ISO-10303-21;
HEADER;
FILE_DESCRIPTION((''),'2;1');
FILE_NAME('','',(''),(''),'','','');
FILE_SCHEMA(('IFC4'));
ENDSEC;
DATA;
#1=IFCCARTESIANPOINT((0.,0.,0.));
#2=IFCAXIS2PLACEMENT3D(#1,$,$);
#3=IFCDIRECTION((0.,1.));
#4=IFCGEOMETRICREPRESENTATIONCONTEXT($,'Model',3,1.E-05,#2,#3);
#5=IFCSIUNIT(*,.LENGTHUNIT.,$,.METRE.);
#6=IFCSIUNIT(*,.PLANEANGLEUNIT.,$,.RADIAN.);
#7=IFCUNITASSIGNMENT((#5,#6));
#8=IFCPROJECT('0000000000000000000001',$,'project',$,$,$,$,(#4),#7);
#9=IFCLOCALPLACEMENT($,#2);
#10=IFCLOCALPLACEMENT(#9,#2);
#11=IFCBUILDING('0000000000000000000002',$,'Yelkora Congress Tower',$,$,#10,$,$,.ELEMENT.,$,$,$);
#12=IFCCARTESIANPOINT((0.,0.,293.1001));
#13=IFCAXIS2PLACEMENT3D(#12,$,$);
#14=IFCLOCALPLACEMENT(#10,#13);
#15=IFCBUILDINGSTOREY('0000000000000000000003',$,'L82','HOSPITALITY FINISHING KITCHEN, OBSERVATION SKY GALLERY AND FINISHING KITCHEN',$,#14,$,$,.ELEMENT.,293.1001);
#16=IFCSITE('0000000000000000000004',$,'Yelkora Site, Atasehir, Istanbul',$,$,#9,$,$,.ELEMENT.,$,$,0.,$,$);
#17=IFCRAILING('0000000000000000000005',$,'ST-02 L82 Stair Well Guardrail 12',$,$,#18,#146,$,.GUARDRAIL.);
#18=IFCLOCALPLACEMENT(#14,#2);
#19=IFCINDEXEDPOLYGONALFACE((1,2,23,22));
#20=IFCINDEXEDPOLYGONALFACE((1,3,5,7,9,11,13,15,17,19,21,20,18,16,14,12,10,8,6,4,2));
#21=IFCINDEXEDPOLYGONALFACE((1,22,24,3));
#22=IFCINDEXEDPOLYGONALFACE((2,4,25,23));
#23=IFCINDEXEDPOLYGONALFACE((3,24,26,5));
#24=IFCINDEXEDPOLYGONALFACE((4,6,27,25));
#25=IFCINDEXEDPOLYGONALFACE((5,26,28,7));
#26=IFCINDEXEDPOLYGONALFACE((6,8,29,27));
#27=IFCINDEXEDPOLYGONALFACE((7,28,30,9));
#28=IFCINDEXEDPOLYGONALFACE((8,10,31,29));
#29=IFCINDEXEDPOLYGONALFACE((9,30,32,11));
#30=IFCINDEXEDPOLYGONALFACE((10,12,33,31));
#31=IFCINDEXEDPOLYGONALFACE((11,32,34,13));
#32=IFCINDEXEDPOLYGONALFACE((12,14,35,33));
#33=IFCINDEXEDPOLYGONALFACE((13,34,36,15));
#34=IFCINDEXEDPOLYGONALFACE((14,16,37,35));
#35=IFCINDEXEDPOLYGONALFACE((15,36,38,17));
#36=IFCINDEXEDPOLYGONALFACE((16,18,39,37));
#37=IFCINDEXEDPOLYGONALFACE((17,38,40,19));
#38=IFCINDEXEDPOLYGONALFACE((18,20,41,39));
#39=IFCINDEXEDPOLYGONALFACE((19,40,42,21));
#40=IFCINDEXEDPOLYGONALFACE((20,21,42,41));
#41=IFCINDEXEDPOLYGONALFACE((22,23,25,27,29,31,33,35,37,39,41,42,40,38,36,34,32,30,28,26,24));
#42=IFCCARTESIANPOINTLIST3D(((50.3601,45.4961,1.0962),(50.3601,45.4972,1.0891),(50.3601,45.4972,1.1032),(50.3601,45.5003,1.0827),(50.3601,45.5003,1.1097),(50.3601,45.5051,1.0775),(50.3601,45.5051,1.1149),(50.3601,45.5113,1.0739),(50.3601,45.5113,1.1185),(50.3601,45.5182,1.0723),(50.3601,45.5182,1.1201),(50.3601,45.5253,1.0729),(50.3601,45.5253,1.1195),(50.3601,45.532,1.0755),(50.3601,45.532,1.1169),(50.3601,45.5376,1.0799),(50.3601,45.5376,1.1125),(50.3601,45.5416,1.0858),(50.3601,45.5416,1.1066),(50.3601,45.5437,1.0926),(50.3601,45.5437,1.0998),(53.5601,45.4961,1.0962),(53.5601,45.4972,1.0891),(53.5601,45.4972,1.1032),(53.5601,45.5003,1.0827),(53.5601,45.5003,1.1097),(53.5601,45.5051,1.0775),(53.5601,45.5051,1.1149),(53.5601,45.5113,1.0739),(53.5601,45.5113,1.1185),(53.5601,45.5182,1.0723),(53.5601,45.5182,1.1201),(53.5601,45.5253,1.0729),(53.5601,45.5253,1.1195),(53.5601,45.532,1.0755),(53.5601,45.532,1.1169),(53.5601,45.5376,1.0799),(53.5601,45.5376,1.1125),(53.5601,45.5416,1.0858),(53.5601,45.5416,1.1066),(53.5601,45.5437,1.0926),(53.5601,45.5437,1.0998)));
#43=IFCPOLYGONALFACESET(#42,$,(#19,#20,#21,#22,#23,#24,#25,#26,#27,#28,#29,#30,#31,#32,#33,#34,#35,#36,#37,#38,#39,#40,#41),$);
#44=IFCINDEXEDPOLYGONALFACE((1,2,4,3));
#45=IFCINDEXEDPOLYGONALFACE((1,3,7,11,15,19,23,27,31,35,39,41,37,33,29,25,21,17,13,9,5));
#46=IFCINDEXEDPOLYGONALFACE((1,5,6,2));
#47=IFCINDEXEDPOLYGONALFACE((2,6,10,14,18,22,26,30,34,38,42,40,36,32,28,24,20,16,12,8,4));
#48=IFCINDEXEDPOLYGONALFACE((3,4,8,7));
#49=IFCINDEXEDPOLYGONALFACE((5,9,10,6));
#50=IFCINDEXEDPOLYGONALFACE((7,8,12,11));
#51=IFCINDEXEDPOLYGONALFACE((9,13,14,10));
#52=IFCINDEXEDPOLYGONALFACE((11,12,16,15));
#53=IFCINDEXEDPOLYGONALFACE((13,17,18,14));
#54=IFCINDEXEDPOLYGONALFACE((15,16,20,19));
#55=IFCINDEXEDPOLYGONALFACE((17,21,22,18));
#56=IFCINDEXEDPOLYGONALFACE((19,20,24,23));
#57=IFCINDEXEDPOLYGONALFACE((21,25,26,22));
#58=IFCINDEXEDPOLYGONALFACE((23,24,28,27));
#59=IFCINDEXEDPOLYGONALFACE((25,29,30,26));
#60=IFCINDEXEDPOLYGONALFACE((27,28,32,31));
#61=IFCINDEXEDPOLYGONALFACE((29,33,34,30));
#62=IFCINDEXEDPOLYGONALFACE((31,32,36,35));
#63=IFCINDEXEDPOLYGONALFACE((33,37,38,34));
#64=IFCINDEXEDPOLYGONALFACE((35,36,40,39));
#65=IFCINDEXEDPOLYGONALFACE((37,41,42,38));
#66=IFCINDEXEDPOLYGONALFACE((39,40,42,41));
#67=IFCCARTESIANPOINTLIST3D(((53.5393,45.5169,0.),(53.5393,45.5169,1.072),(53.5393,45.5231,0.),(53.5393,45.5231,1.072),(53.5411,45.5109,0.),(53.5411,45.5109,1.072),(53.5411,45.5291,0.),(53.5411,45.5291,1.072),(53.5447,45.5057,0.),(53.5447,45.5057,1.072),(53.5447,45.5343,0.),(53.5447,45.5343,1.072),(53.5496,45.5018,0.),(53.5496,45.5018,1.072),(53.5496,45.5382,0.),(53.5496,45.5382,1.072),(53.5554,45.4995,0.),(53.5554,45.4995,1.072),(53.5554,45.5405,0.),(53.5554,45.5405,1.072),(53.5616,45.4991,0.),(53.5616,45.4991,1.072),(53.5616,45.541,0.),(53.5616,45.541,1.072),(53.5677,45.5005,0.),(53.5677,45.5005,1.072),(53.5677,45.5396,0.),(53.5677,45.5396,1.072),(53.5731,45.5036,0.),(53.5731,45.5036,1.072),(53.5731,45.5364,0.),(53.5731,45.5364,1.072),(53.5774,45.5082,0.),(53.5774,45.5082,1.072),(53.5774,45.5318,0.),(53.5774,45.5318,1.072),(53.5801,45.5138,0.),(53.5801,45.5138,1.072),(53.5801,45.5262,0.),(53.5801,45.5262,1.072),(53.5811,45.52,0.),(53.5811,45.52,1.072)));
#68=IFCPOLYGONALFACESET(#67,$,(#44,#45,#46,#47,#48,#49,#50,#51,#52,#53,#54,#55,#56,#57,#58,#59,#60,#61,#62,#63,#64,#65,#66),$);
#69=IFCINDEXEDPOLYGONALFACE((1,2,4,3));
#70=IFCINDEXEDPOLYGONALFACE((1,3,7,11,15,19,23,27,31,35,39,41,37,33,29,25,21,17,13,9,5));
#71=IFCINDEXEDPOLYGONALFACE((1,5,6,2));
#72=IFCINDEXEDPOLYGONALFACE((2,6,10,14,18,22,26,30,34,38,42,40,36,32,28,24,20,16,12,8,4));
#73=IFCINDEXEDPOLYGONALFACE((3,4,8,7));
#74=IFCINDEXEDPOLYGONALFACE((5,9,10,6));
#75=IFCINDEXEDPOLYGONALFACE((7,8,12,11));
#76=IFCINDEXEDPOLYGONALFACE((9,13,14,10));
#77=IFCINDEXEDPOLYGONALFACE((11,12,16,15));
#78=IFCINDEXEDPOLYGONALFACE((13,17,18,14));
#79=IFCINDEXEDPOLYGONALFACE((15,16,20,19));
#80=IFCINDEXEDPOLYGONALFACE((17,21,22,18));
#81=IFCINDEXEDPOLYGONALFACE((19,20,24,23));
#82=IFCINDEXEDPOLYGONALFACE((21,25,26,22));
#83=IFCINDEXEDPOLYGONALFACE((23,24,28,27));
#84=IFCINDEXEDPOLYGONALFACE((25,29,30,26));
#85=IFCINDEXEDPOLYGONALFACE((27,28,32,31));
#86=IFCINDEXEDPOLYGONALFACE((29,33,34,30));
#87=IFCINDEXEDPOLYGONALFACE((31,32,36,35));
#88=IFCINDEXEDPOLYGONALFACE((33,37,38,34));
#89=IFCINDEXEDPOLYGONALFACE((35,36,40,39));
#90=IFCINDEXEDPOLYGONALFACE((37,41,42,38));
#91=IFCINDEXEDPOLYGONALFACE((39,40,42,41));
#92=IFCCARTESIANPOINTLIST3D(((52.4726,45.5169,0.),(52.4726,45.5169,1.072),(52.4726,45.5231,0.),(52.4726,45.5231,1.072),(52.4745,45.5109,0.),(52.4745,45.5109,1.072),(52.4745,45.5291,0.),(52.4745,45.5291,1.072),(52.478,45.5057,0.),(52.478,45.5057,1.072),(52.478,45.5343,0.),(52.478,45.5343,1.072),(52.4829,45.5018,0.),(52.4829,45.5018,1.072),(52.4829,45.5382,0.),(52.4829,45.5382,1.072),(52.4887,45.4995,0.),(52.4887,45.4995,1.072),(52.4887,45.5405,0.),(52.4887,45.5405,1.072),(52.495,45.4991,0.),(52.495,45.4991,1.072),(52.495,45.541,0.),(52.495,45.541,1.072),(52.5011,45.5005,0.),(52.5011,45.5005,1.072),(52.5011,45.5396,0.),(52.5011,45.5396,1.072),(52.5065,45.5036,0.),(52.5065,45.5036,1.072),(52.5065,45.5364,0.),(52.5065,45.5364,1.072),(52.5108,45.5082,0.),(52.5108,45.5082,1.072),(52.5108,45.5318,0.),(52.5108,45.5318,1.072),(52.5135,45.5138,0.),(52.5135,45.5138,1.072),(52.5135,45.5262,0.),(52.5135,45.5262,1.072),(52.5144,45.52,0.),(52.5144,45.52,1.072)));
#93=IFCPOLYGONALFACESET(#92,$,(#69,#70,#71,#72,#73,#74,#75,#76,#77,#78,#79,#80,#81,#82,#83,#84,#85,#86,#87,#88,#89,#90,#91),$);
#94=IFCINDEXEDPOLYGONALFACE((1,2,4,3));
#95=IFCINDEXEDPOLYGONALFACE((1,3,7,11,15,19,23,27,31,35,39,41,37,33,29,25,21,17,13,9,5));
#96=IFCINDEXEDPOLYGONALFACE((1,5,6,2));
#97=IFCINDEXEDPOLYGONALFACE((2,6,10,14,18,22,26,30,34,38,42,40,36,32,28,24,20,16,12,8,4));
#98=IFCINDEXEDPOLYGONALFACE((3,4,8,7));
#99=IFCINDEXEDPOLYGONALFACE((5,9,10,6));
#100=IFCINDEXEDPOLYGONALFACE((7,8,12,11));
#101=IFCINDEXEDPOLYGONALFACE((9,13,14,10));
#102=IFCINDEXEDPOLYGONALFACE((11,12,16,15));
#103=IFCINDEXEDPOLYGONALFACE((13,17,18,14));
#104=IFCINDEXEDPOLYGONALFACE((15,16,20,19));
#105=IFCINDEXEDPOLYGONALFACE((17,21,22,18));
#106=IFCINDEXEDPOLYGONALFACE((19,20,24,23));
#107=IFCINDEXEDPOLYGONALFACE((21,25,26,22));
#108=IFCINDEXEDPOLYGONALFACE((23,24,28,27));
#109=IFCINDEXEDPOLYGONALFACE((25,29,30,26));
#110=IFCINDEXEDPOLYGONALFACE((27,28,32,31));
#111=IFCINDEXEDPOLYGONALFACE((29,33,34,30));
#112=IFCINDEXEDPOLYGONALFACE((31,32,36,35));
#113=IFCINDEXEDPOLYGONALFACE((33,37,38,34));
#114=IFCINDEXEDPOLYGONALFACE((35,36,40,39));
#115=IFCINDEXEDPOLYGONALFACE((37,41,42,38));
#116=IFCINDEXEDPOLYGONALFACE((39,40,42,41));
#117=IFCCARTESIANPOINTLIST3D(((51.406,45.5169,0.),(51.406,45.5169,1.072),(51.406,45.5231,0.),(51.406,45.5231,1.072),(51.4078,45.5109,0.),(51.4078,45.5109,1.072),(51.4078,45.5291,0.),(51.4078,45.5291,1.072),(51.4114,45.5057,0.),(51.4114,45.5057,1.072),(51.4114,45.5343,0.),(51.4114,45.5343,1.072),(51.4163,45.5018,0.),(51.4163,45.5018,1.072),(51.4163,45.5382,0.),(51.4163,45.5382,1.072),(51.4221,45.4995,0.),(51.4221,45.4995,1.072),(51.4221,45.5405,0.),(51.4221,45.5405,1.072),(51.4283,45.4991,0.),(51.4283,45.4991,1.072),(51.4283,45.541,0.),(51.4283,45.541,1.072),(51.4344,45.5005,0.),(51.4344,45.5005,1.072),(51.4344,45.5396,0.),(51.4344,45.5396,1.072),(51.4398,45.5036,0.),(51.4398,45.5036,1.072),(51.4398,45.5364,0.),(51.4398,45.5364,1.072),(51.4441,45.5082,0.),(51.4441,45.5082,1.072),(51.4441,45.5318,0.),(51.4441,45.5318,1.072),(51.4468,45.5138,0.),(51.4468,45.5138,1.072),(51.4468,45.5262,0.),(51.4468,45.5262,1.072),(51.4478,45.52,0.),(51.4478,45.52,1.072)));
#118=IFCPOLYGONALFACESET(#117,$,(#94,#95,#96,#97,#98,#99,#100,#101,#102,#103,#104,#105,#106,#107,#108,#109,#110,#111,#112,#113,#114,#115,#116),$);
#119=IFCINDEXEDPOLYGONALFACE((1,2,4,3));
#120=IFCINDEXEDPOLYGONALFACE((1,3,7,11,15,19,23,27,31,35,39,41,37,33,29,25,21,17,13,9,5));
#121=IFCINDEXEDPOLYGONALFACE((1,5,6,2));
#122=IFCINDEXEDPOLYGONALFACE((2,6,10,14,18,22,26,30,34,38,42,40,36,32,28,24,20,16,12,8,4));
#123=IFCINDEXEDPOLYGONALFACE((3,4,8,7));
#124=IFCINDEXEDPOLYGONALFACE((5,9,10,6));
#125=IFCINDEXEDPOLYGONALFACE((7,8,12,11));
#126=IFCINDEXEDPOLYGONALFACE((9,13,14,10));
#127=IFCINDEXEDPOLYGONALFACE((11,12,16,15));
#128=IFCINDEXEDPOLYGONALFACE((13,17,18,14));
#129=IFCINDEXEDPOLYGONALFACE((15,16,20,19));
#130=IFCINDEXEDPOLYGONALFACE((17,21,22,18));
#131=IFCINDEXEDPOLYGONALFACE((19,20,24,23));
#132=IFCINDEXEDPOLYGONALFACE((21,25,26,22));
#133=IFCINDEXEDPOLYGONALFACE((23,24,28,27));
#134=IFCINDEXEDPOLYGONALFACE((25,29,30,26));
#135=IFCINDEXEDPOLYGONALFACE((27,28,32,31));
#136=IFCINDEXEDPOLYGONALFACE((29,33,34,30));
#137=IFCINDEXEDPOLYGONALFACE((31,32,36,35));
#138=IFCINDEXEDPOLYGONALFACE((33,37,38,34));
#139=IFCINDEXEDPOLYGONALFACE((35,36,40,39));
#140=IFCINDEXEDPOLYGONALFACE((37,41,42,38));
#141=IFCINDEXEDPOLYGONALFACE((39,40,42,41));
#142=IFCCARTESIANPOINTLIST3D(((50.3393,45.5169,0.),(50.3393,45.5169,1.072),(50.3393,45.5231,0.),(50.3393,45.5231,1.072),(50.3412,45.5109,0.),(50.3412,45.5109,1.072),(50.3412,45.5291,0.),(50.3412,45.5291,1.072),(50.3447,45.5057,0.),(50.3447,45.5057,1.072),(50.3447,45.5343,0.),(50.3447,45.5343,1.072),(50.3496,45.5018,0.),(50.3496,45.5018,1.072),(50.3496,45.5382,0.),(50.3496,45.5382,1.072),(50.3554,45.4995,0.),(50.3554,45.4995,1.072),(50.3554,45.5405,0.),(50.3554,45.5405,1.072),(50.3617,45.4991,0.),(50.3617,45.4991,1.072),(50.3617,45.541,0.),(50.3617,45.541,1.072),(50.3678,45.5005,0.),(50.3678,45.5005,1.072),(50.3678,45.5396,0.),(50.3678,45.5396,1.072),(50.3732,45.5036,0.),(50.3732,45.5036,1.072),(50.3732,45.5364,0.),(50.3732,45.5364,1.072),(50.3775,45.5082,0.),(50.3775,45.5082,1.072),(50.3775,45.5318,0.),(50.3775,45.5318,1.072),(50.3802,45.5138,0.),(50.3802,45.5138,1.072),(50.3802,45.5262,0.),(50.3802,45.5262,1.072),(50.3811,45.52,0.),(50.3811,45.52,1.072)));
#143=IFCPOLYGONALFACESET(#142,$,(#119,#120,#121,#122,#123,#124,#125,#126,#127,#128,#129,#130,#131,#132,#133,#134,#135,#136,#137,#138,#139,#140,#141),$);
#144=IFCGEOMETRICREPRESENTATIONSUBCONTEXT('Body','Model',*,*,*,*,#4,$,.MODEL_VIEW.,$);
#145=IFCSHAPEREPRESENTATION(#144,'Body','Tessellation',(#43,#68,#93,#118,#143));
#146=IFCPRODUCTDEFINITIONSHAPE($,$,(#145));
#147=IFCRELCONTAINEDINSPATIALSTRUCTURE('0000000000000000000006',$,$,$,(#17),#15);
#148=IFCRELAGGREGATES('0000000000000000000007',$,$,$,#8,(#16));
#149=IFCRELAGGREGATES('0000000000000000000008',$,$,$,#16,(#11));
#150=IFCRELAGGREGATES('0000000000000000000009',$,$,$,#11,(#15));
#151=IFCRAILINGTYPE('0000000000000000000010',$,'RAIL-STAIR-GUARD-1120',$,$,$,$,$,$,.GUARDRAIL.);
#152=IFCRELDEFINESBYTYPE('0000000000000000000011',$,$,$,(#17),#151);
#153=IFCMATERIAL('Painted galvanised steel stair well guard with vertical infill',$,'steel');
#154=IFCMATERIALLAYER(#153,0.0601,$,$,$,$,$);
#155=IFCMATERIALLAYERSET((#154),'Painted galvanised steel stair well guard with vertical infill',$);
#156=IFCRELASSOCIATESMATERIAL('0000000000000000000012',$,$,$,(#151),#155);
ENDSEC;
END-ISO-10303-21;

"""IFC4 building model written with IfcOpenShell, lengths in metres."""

from ifc_helpers import new_model, si_unit, direction, frame, origin, origin_2d, place, context, subcontext, project, spatial, circle, extrude, material, layer, layer_set, type_object, element, save


model = new_model("IFC4")

# Units and contexts
model_context = context("Model", 3, precision=1e-05, world=origin(), true_north=direction((0.0, 1.0)))
body_context = subcontext(model_context, "Body", "Model", "MODEL_VIEW")
ifc_project = project(units=[si_unit("LENGTHUNIT", "METRE"), si_unit("PLANEANGLEUNIT", "RADIAN")], contexts=[model_context])

# Site, building, storey
site_placement = place(None, origin())
site = spatial("IfcSite", under=ifc_project, at=site_placement, Name="Yelkora Site, Atasehir, Istanbul", CompositionType="ELEMENT", RefElevation=0.0)
building_placement = place(site_placement, origin())
building = spatial("IfcBuilding", under=site, at=building_placement, Name="Yelkora Congress Tower", CompositionType="ELEMENT")
storey_placement = place(building_placement, frame((0.0, 0.0, 293.1001)))
storey = spatial("IfcBuildingStorey", under=building, at=storey_placement, Name="L82", Description="HOSPITALITY FINISHING KITCHEN, OBSERVATION SKY GALLERY AND FINISHING KITCHEN", CompositionType="ELEMENT", Elevation=293.1001)

# Railing
ifc_material_1 = material(Name="Painted galvanised steel stair well guard with vertical infill", Category="steel")
ifc_layer_1 = layer(ifc_material_1, 0.0601)
ifc_layer_set_1 = layer_set([ifc_layer_1], Name="Painted galvanised steel stair well guard with vertical infill")
railing_type = type_object("IfcRailingType", Name="RAIL-STAIR-GUARD-1120", PredefinedType="GUARDRAIL", material=ifc_layer_set_1)
railing_1_placement = place(storey_placement, frame((53.5601, 45.52, 0.0)))
element("IfcRailing", 1, at=railing_1_placement, inside=storey, type_object=railing_type, Name="ST-02 L82 Stair Well Guardrail 12", PredefinedType="GUARDRAIL", context=body_context, shape_type="SweptSolid", body=[
    extrude(circle(Radius=0.0239, at=origin_2d()), frame((0.0, 0.0, 1.0962), z_axis=(-1.0, 0.0, 0.0), x_axis=(0.0, -1.0, 0.0)), (0.0, 0.0, 1.0), 3.2),
    extrude(circle(Radius=0.021, at=origin_2d()), origin(), (0.0, 0.0, 1.0), 1.072),
    extrude(circle(Radius=0.021, at=origin_2d()), frame((-1.0667, 0.0, 0.0)), (0.0, 0.0, 1.0), 1.072),
    extrude(circle(Radius=0.021, at=origin_2d()), frame((-2.1333, 0.0, 0.0)), (0.0, 0.0, 1.0), 1.072),
    extrude(circle(Radius=0.021, at=origin_2d()), frame((-3.2, 0.0, 0.0)), (0.0, 0.0, 1.0), 1.072),
])

save(model, "model.ifc")
